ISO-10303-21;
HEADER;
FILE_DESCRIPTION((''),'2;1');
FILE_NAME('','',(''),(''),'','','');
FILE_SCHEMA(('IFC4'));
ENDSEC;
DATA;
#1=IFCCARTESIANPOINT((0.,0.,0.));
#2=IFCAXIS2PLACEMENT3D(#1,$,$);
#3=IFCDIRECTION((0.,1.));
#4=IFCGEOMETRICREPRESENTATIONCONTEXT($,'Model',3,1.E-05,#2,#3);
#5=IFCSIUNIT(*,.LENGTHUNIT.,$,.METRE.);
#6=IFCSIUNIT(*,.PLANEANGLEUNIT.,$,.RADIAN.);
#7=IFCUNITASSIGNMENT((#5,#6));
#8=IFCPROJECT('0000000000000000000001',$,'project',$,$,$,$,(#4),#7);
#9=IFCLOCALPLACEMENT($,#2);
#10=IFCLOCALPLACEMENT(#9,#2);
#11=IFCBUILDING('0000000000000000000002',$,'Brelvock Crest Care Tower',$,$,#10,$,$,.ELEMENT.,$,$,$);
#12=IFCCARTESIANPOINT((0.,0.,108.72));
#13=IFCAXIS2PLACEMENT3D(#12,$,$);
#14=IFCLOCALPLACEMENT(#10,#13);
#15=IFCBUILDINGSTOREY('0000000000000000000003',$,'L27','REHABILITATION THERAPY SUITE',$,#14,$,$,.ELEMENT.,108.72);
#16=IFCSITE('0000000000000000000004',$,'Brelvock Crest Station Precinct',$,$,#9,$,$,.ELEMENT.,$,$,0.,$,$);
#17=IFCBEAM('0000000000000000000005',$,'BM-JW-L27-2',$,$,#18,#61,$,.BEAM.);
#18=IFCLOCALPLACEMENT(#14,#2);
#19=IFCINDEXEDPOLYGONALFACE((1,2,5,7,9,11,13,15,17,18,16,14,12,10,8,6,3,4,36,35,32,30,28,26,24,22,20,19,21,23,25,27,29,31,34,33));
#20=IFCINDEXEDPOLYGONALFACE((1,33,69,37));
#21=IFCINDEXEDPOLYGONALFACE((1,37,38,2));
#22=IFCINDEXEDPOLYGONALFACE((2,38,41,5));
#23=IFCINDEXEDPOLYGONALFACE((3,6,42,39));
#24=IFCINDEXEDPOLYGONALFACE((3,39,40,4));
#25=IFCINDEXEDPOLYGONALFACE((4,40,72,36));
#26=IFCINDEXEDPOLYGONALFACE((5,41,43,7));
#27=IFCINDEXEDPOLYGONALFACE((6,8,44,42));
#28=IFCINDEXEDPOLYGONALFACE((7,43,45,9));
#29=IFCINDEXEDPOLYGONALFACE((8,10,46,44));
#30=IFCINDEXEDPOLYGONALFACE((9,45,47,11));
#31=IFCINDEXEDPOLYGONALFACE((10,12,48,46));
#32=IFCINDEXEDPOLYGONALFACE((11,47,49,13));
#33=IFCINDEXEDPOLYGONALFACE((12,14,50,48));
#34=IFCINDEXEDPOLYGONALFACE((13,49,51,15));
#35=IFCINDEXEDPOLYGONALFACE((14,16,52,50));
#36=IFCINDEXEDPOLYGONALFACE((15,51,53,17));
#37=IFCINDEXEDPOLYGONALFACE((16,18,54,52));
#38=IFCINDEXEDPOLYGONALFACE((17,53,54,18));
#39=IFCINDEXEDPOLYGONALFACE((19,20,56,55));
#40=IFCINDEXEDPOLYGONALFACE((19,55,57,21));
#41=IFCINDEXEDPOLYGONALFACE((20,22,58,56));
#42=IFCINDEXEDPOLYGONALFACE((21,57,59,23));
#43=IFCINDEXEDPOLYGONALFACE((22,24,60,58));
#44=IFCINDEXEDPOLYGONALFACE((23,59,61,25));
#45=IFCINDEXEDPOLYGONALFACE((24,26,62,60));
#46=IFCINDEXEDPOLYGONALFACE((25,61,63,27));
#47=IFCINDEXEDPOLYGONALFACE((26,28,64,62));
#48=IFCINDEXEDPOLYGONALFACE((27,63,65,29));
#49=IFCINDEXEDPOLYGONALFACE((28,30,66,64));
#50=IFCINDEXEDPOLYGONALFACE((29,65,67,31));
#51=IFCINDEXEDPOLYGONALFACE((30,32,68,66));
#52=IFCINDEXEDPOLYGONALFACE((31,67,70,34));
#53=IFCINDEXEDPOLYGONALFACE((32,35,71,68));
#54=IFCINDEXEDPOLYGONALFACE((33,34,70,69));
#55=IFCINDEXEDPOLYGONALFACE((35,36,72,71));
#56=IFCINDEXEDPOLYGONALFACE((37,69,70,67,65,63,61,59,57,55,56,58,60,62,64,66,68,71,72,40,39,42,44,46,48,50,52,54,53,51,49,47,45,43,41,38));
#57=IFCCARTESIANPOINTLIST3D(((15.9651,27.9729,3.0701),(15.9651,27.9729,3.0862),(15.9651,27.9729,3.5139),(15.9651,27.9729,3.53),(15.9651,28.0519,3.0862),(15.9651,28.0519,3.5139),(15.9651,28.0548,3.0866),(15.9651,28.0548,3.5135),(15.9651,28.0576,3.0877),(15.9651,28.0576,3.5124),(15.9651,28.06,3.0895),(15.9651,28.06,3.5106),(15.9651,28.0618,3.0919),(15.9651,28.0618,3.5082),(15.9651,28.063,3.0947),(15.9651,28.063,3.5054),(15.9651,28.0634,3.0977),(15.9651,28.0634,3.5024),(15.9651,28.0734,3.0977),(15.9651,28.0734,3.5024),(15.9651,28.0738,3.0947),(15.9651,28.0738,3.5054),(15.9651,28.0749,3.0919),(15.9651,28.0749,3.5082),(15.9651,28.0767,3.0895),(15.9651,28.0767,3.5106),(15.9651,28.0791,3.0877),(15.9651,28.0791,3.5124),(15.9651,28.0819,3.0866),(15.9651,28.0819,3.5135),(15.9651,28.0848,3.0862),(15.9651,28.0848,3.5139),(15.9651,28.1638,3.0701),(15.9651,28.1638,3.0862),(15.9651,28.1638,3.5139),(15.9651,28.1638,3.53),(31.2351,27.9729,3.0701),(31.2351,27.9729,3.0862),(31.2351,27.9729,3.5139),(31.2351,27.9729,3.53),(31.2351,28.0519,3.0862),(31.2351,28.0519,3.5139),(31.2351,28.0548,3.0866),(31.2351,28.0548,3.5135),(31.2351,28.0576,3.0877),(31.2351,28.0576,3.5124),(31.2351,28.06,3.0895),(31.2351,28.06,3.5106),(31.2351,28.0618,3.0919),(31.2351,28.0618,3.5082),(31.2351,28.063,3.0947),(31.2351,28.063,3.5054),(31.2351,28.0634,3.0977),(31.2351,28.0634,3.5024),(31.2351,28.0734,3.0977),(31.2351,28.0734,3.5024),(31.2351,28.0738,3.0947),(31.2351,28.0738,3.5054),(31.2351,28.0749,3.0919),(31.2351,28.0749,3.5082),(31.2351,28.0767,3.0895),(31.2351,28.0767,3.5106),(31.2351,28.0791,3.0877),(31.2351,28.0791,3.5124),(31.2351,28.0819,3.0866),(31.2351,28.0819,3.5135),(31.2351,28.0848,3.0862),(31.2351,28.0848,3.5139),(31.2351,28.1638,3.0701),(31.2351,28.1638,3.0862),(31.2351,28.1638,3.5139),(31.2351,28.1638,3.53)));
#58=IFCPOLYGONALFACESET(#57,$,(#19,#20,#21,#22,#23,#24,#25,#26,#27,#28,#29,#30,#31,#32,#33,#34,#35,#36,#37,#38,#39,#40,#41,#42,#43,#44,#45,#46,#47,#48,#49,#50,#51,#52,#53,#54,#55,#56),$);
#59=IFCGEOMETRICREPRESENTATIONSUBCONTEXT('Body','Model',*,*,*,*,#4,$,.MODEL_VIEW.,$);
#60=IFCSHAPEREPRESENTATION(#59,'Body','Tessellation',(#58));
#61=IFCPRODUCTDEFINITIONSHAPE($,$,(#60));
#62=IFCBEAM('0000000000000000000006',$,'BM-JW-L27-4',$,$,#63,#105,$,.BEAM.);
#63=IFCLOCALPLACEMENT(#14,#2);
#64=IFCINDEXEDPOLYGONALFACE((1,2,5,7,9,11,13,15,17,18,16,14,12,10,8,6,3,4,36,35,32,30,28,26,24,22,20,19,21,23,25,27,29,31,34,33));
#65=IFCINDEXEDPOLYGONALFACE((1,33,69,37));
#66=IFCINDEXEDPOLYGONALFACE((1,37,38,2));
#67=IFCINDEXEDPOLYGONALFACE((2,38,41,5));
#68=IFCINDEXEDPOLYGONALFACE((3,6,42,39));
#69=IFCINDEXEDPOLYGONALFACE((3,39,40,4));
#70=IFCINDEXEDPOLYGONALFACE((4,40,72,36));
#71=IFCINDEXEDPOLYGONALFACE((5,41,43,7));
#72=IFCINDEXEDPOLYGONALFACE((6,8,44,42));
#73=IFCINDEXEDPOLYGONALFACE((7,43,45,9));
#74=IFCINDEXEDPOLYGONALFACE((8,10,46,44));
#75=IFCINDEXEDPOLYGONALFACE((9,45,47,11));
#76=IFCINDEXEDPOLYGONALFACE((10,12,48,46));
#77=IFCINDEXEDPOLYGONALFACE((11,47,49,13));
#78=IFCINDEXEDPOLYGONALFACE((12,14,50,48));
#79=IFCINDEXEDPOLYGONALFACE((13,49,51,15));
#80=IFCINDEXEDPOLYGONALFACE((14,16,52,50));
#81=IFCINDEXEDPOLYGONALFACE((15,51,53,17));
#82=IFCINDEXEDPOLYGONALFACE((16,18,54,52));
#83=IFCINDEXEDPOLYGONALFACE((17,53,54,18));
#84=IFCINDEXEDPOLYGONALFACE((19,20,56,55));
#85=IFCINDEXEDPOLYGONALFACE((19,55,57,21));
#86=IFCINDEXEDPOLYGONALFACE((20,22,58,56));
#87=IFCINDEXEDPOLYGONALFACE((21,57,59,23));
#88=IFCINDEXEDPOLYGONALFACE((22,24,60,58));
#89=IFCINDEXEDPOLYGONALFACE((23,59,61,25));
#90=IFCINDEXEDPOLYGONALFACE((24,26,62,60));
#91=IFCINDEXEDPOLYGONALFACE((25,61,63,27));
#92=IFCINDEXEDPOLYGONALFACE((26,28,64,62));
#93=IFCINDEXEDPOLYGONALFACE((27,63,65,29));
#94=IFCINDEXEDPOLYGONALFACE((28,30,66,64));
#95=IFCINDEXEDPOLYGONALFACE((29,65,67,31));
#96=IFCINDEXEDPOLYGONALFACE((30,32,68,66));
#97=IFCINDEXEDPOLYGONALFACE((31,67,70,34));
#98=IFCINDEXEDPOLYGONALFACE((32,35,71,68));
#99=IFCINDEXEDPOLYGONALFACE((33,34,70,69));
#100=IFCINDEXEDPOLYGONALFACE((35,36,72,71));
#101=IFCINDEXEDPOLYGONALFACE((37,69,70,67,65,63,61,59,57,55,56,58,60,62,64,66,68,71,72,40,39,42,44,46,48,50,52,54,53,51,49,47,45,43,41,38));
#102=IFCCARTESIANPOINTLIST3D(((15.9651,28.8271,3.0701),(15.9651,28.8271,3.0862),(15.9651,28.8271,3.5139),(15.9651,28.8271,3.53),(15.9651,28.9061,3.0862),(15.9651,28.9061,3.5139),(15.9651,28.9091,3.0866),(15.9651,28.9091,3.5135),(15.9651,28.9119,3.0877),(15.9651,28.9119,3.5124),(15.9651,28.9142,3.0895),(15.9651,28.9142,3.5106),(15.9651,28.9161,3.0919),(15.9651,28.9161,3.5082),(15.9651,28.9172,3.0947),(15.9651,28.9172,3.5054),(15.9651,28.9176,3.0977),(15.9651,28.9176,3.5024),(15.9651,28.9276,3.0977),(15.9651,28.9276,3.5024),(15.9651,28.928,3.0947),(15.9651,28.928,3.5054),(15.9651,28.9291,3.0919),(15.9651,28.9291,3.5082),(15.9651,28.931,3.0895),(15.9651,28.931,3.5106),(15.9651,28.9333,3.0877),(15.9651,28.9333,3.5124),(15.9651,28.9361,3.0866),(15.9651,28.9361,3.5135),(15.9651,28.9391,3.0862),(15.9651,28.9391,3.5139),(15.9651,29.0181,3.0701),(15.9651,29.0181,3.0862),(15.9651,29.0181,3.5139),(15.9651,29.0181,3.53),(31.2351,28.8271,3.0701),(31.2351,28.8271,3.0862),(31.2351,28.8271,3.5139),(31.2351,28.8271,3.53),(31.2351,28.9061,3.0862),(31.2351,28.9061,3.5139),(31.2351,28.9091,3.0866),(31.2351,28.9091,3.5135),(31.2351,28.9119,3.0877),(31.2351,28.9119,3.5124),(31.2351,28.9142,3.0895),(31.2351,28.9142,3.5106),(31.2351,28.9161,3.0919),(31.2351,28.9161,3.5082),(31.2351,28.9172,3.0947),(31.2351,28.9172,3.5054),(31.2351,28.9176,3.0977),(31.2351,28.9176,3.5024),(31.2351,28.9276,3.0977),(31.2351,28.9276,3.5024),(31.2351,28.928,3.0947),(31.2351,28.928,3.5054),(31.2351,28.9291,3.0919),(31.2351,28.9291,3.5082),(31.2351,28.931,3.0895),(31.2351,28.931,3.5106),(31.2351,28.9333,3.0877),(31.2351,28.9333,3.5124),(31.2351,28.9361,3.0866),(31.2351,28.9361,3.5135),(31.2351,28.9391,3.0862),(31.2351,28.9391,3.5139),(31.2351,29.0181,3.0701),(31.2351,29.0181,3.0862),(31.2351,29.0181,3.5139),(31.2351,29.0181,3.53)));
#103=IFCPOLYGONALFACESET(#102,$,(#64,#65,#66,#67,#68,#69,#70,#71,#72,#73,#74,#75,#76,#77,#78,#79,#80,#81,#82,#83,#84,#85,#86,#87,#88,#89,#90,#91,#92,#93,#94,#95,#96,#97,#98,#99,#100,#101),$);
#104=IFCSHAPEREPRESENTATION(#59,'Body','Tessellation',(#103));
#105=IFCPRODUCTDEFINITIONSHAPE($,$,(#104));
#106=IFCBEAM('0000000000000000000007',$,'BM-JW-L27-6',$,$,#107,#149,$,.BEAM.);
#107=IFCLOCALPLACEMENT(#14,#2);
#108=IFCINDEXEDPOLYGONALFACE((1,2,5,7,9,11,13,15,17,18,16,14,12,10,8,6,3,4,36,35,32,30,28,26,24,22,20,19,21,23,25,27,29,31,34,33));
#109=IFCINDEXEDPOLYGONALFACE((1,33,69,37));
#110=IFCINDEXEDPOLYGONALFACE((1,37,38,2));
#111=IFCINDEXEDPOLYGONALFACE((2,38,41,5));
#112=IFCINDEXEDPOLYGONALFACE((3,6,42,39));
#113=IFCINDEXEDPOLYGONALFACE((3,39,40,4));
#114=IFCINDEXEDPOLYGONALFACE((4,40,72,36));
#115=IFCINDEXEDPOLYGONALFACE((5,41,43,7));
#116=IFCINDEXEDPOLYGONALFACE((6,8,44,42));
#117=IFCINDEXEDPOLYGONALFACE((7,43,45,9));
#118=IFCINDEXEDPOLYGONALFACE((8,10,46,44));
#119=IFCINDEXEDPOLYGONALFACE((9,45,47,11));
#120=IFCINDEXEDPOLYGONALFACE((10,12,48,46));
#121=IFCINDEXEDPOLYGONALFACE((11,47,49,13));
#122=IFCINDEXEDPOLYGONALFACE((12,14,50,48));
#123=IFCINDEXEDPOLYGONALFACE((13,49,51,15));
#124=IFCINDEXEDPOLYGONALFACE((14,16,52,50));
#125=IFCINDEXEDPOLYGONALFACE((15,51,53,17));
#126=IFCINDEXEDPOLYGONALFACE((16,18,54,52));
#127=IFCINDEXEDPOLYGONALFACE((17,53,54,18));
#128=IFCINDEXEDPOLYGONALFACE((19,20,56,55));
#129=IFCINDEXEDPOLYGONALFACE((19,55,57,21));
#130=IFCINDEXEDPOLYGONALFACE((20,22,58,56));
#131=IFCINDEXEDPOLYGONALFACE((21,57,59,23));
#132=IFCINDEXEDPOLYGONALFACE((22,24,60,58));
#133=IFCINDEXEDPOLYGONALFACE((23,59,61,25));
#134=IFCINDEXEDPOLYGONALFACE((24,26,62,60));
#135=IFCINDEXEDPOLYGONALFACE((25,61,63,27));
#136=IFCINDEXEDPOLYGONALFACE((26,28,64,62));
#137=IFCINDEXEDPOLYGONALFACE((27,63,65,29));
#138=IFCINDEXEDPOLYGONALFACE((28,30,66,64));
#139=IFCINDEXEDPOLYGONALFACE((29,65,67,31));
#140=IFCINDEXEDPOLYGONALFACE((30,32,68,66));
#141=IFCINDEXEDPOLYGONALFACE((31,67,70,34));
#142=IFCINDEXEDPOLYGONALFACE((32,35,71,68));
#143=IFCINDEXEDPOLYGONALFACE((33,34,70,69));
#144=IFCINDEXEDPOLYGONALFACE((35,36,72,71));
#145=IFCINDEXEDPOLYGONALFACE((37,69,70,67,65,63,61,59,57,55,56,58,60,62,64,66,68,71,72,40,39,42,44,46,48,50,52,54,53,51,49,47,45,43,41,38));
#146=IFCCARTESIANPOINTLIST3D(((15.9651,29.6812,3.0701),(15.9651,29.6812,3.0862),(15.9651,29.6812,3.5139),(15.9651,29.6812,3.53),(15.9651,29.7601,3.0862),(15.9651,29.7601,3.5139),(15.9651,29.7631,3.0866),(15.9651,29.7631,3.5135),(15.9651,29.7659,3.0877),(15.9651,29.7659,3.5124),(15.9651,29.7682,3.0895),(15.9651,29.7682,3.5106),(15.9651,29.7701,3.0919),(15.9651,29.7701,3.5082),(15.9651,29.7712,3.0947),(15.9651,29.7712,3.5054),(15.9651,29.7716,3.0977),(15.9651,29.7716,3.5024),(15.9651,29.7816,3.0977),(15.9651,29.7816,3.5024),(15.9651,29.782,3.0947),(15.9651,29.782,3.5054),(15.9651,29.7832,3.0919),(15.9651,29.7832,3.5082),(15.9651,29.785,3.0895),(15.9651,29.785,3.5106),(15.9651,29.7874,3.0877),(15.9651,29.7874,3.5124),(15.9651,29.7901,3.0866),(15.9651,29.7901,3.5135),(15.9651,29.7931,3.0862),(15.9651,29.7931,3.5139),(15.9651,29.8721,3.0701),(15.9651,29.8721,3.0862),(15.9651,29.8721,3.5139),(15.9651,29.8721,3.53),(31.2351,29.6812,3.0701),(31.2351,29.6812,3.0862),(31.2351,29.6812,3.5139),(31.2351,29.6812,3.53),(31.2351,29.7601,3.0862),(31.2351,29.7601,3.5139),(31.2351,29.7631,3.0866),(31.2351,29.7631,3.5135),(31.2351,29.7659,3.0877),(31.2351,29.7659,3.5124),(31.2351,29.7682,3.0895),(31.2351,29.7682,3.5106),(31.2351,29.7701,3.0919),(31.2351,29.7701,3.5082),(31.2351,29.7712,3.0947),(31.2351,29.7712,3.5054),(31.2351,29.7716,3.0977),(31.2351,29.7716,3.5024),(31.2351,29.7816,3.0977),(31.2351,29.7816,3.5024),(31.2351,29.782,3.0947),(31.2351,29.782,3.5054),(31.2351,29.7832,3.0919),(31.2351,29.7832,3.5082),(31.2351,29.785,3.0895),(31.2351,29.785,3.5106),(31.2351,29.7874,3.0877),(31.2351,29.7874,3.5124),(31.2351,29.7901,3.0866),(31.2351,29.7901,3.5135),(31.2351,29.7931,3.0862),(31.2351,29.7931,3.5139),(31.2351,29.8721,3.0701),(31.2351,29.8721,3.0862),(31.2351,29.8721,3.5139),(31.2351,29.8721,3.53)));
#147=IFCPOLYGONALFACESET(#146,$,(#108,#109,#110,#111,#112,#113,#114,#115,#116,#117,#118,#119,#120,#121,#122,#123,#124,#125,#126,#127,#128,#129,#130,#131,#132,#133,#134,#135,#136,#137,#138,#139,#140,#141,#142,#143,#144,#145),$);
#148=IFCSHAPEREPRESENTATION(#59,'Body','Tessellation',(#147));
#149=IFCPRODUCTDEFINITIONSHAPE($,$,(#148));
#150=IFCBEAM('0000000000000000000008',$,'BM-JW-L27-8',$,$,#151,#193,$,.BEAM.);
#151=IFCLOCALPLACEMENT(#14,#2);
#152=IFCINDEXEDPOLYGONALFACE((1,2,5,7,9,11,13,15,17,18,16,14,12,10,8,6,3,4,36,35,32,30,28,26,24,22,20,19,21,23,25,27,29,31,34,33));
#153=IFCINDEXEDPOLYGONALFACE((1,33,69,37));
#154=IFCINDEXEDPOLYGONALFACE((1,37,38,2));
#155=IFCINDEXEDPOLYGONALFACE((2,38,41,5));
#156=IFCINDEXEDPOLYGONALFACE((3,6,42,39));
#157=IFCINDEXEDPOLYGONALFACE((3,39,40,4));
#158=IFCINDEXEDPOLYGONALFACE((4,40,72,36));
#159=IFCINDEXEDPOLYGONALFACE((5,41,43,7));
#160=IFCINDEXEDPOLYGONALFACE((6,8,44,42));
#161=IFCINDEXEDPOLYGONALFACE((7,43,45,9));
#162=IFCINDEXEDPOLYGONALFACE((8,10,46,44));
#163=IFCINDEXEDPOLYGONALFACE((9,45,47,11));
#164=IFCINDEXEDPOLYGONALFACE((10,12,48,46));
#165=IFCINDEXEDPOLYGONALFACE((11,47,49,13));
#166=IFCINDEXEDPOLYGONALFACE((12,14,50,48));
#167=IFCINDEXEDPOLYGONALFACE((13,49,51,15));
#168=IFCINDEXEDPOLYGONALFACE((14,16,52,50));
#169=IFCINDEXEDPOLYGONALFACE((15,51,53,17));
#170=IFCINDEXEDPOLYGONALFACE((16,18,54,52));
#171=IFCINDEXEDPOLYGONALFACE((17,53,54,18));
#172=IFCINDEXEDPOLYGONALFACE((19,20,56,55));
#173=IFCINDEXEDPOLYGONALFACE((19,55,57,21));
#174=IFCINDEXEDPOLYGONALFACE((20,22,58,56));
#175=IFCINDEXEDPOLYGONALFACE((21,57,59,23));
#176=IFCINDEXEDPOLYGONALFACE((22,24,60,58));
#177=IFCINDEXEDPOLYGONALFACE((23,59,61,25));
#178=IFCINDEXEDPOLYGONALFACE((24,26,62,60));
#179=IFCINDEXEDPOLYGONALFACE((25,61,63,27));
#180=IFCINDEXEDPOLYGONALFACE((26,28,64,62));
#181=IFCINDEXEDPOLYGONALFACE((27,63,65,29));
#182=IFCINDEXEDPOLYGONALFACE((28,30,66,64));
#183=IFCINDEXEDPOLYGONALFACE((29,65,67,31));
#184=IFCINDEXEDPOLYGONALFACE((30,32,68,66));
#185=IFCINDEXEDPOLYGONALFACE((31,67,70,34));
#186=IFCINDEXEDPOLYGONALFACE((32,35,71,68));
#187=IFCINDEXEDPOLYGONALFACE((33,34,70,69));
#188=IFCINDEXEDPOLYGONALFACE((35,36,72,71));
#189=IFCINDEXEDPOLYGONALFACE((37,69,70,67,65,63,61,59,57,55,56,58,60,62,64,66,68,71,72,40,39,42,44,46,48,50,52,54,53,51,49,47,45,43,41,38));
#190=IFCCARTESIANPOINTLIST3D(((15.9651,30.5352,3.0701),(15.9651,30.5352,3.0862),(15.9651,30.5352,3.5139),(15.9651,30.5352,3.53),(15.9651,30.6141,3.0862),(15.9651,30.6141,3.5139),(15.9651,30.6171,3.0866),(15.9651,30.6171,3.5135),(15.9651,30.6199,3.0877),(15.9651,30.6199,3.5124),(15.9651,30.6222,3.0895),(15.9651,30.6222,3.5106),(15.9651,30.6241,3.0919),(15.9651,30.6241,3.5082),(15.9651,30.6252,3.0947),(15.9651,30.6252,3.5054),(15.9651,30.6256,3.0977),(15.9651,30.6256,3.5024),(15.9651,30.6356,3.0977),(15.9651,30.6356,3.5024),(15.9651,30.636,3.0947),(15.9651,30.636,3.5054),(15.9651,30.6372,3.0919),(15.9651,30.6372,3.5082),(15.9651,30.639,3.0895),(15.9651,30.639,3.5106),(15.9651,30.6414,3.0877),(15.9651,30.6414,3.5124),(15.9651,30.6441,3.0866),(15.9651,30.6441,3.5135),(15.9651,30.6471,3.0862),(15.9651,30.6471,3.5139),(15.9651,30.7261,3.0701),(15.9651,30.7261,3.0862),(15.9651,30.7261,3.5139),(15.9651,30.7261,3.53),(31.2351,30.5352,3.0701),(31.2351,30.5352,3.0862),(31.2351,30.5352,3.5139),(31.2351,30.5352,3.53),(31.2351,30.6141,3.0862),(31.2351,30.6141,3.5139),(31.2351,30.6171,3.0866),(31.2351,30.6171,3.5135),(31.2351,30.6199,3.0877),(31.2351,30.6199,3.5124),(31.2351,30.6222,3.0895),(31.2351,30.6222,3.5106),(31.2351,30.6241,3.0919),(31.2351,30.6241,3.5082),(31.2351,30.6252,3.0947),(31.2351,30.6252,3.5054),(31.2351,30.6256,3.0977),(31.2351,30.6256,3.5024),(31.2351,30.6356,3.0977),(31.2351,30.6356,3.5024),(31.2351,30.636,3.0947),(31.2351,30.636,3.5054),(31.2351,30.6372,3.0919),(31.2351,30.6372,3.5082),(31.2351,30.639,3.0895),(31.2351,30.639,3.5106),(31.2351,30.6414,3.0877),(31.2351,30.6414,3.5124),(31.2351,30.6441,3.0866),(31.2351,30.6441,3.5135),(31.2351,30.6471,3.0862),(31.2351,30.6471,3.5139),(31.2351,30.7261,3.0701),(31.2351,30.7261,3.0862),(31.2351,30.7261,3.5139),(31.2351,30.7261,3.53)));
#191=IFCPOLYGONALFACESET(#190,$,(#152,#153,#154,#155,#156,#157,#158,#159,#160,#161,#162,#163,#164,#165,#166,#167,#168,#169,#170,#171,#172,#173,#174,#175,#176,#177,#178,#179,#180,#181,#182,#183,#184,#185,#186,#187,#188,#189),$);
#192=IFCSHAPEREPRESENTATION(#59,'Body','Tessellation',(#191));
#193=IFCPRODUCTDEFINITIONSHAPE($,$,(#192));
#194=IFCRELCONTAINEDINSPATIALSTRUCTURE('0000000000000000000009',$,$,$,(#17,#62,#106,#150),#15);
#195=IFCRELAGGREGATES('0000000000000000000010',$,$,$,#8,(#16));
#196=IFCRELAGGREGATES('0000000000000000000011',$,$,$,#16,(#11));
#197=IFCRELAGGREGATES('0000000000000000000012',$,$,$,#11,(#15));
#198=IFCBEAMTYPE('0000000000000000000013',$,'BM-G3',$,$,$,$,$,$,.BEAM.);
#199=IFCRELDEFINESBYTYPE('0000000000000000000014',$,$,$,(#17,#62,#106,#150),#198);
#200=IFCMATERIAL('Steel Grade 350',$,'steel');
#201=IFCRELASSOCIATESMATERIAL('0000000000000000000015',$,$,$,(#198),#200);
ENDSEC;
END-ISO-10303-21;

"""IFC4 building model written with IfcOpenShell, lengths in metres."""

from ifc_helpers import new_model, si_unit, direction, frame, origin, origin_2d, place, context, subcontext, project, spatial, i_section, extrude, source, transform, mapped, material, material_profile, profile_set, type_object, element, save


model = new_model("IFC4")

# Units and contexts
model_context = context("Model", 3, precision=1e-05, world=origin(), true_north=direction((0.0, 1.0)))
body_context = subcontext(model_context, "Body", "Model", "MODEL_VIEW")
ifc_project = project(units=[si_unit("LENGTHUNIT", "METRE"), si_unit("PLANEANGLEUNIT", "RADIAN")], contexts=[model_context])

# Site, building, storey
site_placement = place(None, origin())
site = spatial("IfcSite", under=ifc_project, at=site_placement, Name="Brelvock Crest Station Precinct", CompositionType="ELEMENT", RefElevation=0.0)
building_placement = place(site_placement, origin())
building = spatial("IfcBuilding", under=site, at=building_placement, Name="Brelvock Crest Care Tower", CompositionType="ELEMENT")
storey_placement = place(building_placement, frame((0.0, 0.0, 108.72)))
storey = spatial("IfcBuildingStorey", under=building, at=storey_placement, Name="L27", Description="REHABILITATION THERAPY SUITE", CompositionType="ELEMENT", Elevation=108.72)

# Shared definitions
ifc_material_1 = material(Name="Steel Grade 350", Category="steel")

# Beams
ifc_material_profile_1 = material_profile(ifc_material_1, i_section(OverallWidth=0.1909, OverallDepth=0.46, WebThickness=0.01, FlangeThickness=0.0161, FilletRadius=0.0115, at=origin_2d()), Name="460UB82.1")
ifc_profile_set_1 = profile_set([ifc_material_profile_1], Name="Steel Grade 350")
beam_type_1 = type_object("IfcBeamType", Name="BM-G3", PredefinedType="BEAM", material=ifc_profile_set_1)
shared_shape_1 = source(origin(), body_context, "Body", "SweptSolid", [
    extrude(i_section(OverallWidth=0.1909, OverallDepth=0.46, WebThickness=0.01, FlangeThickness=0.0161, FilletRadius=0.0115, at=origin_2d()), origin(), (0.0, 0.0, 1.0), 15.27),
])
for number, where, z_axis, x_axis, name in (
    (1, (15.9651, 28.0684, 3.3), (1.0, 0.0, 0.0), (0.0, 1.0, 0.0), "BM-JW-L27-2"),
    (2, (15.9651, 28.9226, 3.3), (1.0, 0.0, 0.0), (0.0, 1.0, 0.0), "BM-JW-L27-4"),
    (3, (15.9651, 29.7766, 3.3), (1.0, 0.0, 0.0), (0.0, 1.0, 0.0), "BM-JW-L27-6"),
    (4, (15.9651, 30.6306, 3.3), (1.0, 0.0, 0.0), (0.0, 1.0, 0.0), "BM-JW-L27-8"),
):
    element("IfcBeam", number, at=place(storey_placement, frame(where, z_axis=z_axis, x_axis=x_axis)), inside=storey, type_object=beam_type_1, Name=name, PredefinedType="BEAM", context=body_context, shape_type="MappedRepresentation", body=[
        mapped(shared_shape_1, transform((0.0, 0.0, 0.0), x_axis=(1.0, 0.0, 0.0), y_axis=(0.0, 1.0, 0.0), z_axis=(0.0, 0.0, 1.0), scale=1.0)),
    ])

save(model, "model.ifc")
